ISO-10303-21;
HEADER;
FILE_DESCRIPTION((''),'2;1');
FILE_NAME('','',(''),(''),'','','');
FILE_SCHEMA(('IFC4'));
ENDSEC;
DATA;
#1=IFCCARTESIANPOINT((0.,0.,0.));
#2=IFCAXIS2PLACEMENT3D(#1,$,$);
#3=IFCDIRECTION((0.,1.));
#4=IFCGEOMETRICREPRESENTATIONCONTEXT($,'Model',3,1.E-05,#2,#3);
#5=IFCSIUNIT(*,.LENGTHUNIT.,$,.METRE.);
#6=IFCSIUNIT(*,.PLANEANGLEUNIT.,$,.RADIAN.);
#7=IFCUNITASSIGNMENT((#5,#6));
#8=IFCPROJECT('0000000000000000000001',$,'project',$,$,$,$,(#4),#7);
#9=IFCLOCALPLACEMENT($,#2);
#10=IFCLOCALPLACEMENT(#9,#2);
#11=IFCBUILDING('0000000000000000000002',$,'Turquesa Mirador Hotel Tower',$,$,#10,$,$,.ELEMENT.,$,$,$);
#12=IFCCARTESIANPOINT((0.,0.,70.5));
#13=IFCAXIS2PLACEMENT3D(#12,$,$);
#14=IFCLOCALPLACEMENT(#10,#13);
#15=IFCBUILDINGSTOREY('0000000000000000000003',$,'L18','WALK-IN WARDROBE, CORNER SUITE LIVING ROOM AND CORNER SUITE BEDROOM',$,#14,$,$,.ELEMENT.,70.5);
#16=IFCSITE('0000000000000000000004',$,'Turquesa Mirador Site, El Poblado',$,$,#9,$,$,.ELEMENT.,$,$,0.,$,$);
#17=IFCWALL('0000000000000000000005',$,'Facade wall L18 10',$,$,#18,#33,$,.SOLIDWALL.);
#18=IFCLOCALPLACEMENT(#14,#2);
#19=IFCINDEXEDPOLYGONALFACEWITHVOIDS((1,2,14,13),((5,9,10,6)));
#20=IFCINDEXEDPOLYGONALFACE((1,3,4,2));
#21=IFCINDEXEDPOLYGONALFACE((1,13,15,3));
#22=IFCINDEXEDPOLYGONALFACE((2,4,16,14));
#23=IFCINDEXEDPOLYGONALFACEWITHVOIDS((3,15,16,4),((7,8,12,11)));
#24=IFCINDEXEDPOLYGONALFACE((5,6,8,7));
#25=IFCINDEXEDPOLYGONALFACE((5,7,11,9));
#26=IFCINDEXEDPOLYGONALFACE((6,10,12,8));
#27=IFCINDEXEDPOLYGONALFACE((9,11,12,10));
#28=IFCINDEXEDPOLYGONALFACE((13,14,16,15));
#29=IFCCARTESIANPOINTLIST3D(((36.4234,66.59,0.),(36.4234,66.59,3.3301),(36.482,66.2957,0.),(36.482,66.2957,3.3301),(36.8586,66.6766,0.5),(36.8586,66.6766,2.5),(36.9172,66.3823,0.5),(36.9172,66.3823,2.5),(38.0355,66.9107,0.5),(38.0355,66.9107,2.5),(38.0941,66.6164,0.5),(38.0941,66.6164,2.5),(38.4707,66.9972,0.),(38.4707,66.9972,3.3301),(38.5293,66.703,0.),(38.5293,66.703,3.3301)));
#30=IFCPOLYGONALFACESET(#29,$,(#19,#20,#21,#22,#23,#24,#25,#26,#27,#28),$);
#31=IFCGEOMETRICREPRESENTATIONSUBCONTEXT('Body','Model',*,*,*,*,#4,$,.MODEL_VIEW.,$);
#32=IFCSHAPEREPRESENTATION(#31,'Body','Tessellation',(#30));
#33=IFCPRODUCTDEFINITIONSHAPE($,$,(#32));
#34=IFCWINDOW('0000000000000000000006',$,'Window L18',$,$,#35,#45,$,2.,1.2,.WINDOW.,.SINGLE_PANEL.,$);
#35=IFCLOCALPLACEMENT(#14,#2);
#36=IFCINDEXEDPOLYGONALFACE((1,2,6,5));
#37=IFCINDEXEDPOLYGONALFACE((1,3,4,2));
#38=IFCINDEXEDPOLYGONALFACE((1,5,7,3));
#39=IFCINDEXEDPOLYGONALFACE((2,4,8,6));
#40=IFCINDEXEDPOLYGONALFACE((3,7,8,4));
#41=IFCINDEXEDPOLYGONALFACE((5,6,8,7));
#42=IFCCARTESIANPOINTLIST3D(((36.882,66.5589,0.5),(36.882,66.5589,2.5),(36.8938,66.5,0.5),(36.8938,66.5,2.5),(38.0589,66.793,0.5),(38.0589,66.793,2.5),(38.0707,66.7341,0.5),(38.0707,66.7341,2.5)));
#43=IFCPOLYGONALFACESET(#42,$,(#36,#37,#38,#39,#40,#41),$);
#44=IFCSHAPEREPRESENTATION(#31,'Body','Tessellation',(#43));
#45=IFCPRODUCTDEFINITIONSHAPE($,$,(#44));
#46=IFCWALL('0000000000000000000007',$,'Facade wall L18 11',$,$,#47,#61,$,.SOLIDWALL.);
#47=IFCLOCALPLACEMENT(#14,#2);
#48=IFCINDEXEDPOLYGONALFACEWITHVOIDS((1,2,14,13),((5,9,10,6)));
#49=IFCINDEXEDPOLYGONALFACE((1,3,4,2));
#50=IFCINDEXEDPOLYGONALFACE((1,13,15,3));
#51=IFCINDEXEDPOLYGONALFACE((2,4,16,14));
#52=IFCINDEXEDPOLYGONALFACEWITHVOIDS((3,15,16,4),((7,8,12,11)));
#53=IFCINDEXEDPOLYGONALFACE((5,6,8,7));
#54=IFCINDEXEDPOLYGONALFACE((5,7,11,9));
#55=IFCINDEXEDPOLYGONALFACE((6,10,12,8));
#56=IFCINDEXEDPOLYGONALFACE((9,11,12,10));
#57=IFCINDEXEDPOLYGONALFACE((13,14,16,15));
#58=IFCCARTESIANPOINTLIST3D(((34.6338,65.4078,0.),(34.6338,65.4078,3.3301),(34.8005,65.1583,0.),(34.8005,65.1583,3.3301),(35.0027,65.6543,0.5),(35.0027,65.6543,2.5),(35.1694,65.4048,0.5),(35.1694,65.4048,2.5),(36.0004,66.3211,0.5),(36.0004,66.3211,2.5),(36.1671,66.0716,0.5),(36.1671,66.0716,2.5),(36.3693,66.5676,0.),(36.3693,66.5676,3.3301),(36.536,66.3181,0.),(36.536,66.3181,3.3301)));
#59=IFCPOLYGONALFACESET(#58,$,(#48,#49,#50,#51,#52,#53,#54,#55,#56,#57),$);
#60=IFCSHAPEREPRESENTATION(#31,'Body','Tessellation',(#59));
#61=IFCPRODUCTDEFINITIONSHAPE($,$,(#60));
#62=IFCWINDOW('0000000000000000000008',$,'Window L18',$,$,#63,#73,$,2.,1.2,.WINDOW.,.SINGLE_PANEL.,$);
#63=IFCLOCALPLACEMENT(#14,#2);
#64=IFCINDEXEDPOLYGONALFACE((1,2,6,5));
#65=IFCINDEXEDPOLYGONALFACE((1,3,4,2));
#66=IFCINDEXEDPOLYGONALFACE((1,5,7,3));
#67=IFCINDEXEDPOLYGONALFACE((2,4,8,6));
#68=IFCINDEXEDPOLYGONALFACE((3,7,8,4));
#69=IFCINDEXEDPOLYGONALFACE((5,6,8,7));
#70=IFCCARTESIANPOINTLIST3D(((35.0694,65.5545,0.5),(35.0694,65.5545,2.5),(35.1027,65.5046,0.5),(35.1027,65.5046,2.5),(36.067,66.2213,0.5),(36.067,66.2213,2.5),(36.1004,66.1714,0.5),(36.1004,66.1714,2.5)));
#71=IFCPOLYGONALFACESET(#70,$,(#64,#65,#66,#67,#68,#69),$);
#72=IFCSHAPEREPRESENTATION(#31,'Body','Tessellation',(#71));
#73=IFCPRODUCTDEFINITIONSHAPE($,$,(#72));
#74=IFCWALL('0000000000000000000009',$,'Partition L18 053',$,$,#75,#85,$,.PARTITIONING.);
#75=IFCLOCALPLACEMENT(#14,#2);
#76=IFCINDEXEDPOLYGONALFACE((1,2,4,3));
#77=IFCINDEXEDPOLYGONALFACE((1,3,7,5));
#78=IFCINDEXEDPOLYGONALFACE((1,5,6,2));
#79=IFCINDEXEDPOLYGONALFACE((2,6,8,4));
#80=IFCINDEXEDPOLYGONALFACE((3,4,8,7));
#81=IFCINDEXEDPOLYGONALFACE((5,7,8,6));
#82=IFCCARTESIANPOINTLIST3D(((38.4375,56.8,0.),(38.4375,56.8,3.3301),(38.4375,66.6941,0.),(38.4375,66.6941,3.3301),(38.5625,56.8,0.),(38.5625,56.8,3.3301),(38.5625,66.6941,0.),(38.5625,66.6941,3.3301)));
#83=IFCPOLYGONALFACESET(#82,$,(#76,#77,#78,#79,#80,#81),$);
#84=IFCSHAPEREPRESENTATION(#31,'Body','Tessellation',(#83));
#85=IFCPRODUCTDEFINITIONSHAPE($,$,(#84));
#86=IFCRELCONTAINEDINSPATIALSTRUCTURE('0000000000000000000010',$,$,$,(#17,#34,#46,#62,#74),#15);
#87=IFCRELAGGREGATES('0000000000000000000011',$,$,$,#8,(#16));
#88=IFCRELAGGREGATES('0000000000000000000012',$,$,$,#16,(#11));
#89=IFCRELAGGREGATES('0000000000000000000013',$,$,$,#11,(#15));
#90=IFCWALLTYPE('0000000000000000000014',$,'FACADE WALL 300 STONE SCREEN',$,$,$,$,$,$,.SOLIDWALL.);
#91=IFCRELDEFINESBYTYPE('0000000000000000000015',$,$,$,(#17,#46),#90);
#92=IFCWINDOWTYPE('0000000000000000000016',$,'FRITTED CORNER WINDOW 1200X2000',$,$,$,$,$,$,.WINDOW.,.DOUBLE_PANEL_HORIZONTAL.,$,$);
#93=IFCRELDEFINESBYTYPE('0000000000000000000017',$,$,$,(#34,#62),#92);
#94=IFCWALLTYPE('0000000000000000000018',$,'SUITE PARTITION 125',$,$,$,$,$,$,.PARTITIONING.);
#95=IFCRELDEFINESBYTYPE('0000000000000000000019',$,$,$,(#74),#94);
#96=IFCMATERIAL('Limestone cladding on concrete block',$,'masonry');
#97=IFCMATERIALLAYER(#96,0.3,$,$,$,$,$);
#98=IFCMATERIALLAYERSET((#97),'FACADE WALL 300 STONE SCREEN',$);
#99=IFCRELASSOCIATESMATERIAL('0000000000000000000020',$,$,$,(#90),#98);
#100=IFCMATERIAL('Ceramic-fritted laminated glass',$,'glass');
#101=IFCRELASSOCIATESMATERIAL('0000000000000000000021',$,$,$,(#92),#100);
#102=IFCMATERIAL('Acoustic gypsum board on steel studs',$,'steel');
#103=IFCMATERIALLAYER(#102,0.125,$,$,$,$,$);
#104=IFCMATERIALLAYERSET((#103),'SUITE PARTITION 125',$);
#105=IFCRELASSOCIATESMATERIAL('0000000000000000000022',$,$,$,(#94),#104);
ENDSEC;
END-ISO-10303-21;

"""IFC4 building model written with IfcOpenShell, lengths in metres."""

from ifc_helpers import new_model, si_unit, direction, frame, frame_2d, origin, place, context, subcontext, project, spatial, rectangle, extrude, material, layer, layer_set, type_object, element, fill, save


model = new_model("IFC4")

# Units and contexts
model_context = context("Model", 3, precision=1e-05, world=origin(), true_north=direction((0.0, 1.0)))
body_context = subcontext(model_context, "Body", "Model", "MODEL_VIEW")
ifc_project = project(units=[si_unit("LENGTHUNIT", "METRE"), si_unit("PLANEANGLEUNIT", "RADIAN")], contexts=[model_context])

# Site, building, storey
site_placement = place(None, origin())
site = spatial("IfcSite", under=ifc_project, at=site_placement, Name="Turquesa Mirador Site, El Poblado", CompositionType="ELEMENT", RefElevation=0.0)
building_placement = place(site_placement, origin())
building = spatial("IfcBuilding", under=site, at=building_placement, Name="Turquesa Mirador Hotel Tower", CompositionType="ELEMENT")
storey_placement = place(building_placement, frame((0.0, 0.0, 70.5)))
storey = spatial("IfcBuildingStorey", under=building, at=storey_placement, Name="L18", Description="WALK-IN WARDROBE, CORNER SUITE LIVING ROOM AND CORNER SUITE BEDROOM", CompositionType="ELEMENT", Elevation=70.5)

# Walls, openings, windows
ifc_material_1 = material(Name="Limestone cladding on concrete block", Category="masonry")
ifc_layer_1 = layer(ifc_material_1, 0.3)
ifc_layer_set_1 = layer_set([ifc_layer_1], Name="FACADE WALL 300 STONE SCREEN")
wall_type_1 = type_object("IfcWallType", Name="FACADE WALL 300 STONE SCREEN", PredefinedType="SOLIDWALL", material=ifc_layer_set_1)
wall_1_placement = place(storey_placement, frame((38.5, 66.8501, 0.0), z_axis=(0.0, 0.0, 1.0), x_axis=(-0.980787, -0.195081, 0.0)))
wall_1 = element("IfcWall", 1, at=wall_1_placement, inside=storey, type_object=wall_type_1, Name="Facade wall L18 10", PredefinedType="SOLIDWALL", context=body_context, shape_type="SweptSolid", body=[
    extrude(rectangle(XDim=2.0874, YDim=0.3, at=frame_2d((1.0437, 0.0))), origin(), (0.0, 0.0, 1.0), 3.3301),
])
opening_1_placement = place(wall_1_placement, frame((0.4436, 0.0, 0.5)))
opening_1 = element("IfcOpeningElement", 2, at=opening_1_placement, cuts=wall_1, PredefinedType="OPENING", context=body_context, shape_type="SweptSolid", body=[
    extrude(rectangle(XDim=1.2, YDim=2.0, at=frame_2d((0.6001, 1.0))), frame((0.0, 0.1599, 0.0), z_axis=(0.0, -1.0, 0.0), x_axis=(1.0, 0.0, 0.0)), (0.0, 0.0, 1.0), 0.3201),
])
ifc_material_2 = material(Name="Ceramic-fritted laminated glass", Category="glass")
window_type = type_object("IfcWindowType", Name="FRITTED CORNER WINDOW 1200X2000", PartitioningType="DOUBLE_PANEL_HORIZONTAL", PredefinedType="WINDOW", material=ifc_material_2)
window_1_placement = place(opening_1_placement, origin())
window_1 = element("IfcWindow", 3, at=window_1_placement, inside=storey, type_object=window_type, Name="Window L18", OverallHeight=2.0, OverallWidth=1.2, PartitioningType="SINGLE_PANEL", PredefinedType="WINDOW", context=body_context, shape_type="SweptSolid", body=[
    extrude(rectangle(XDim=1.2, YDim=2.0, at=frame_2d((0.6001, 1.0))), frame((0.0, 0.03, 0.0), z_axis=(0.0, -1.0, 0.0), x_axis=(1.0, 0.0, 0.0)), (0.0, 0.0, 1.0), 0.0601),
])
fill(opening_1, window_1)
wall_2_placement = place(storey_placement, frame((36.4526, 66.4429, 0.0), z_axis=(0.0, 0.0, 1.0), x_axis=(-0.83142, -0.555644, 0.0)))
wall_2 = element("IfcWall", 4, at=wall_2_placement, inside=storey, type_object=wall_type_1, Name="Facade wall L18 11", PredefinedType="SOLIDWALL", context=body_context, shape_type="SweptSolid", body=[
    extrude(rectangle(XDim=2.0874, YDim=0.3, at=frame_2d((1.0437, 0.0))), origin(), (0.0, 0.0, 1.0), 3.3301),
])
opening_2_placement = place(wall_2_placement, frame((0.4436, 0.0, 0.5)))
opening_2 = element("IfcOpeningElement", 5, at=opening_2_placement, cuts=wall_2, PredefinedType="OPENING", context=body_context, shape_type="SweptSolid", body=[
    extrude(rectangle(XDim=1.2, YDim=2.0, at=frame_2d((0.6001, 1.0))), frame((0.0, 0.1599, 0.0), z_axis=(0.0, -1.0, 0.0), x_axis=(1.0, 0.0, 0.0)), (0.0, 0.0, 1.0), 0.3201),
])
window_2_placement = place(opening_2_placement, origin())
window_2 = element("IfcWindow", 6, at=window_2_placement, inside=storey, type_object=window_type, Name="Window L18", OverallHeight=2.0, OverallWidth=1.2, PartitioningType="SINGLE_PANEL", PredefinedType="WINDOW", context=body_context, shape_type="SweptSolid", body=[
    extrude(rectangle(XDim=1.2, YDim=2.0, at=frame_2d((0.6001, 1.0))), frame((0.0, 0.03, 0.0), z_axis=(0.0, -1.0, 0.0), x_axis=(1.0, 0.0, 0.0)), (0.0, 0.0, 1.0), 0.0601),
])
fill(opening_2, window_2)

# Wall
ifc_material_3 = material(Name="Acoustic gypsum board on steel studs", Category="steel")
ifc_layer_2 = layer(ifc_material_3, 0.125)
ifc_layer_set_2 = layer_set([ifc_layer_2], Name="SUITE PARTITION 125")
wall_type_2 = type_object("IfcWallType", Name="SUITE PARTITION 125", PredefinedType="PARTITIONING", material=ifc_layer_set_2)
wall_3_placement = place(storey_placement, frame((38.5, 56.8, 0.0), z_axis=(0.0, 0.0, 1.0), x_axis=(0.0, 1.0, 0.0)))
element("IfcWall", 7, at=wall_3_placement, inside=storey, type_object=wall_type_2, Name="Partition L18 053", PredefinedType="PARTITIONING", context=body_context, shape_type="SweptSolid", body=[
    extrude(rectangle(XDim=9.894, YDim=0.125, at=frame_2d((4.947, 0.0))), origin(), (0.0, 0.0, 1.0), 3.3301),
])

save(model, "model.ifc")
